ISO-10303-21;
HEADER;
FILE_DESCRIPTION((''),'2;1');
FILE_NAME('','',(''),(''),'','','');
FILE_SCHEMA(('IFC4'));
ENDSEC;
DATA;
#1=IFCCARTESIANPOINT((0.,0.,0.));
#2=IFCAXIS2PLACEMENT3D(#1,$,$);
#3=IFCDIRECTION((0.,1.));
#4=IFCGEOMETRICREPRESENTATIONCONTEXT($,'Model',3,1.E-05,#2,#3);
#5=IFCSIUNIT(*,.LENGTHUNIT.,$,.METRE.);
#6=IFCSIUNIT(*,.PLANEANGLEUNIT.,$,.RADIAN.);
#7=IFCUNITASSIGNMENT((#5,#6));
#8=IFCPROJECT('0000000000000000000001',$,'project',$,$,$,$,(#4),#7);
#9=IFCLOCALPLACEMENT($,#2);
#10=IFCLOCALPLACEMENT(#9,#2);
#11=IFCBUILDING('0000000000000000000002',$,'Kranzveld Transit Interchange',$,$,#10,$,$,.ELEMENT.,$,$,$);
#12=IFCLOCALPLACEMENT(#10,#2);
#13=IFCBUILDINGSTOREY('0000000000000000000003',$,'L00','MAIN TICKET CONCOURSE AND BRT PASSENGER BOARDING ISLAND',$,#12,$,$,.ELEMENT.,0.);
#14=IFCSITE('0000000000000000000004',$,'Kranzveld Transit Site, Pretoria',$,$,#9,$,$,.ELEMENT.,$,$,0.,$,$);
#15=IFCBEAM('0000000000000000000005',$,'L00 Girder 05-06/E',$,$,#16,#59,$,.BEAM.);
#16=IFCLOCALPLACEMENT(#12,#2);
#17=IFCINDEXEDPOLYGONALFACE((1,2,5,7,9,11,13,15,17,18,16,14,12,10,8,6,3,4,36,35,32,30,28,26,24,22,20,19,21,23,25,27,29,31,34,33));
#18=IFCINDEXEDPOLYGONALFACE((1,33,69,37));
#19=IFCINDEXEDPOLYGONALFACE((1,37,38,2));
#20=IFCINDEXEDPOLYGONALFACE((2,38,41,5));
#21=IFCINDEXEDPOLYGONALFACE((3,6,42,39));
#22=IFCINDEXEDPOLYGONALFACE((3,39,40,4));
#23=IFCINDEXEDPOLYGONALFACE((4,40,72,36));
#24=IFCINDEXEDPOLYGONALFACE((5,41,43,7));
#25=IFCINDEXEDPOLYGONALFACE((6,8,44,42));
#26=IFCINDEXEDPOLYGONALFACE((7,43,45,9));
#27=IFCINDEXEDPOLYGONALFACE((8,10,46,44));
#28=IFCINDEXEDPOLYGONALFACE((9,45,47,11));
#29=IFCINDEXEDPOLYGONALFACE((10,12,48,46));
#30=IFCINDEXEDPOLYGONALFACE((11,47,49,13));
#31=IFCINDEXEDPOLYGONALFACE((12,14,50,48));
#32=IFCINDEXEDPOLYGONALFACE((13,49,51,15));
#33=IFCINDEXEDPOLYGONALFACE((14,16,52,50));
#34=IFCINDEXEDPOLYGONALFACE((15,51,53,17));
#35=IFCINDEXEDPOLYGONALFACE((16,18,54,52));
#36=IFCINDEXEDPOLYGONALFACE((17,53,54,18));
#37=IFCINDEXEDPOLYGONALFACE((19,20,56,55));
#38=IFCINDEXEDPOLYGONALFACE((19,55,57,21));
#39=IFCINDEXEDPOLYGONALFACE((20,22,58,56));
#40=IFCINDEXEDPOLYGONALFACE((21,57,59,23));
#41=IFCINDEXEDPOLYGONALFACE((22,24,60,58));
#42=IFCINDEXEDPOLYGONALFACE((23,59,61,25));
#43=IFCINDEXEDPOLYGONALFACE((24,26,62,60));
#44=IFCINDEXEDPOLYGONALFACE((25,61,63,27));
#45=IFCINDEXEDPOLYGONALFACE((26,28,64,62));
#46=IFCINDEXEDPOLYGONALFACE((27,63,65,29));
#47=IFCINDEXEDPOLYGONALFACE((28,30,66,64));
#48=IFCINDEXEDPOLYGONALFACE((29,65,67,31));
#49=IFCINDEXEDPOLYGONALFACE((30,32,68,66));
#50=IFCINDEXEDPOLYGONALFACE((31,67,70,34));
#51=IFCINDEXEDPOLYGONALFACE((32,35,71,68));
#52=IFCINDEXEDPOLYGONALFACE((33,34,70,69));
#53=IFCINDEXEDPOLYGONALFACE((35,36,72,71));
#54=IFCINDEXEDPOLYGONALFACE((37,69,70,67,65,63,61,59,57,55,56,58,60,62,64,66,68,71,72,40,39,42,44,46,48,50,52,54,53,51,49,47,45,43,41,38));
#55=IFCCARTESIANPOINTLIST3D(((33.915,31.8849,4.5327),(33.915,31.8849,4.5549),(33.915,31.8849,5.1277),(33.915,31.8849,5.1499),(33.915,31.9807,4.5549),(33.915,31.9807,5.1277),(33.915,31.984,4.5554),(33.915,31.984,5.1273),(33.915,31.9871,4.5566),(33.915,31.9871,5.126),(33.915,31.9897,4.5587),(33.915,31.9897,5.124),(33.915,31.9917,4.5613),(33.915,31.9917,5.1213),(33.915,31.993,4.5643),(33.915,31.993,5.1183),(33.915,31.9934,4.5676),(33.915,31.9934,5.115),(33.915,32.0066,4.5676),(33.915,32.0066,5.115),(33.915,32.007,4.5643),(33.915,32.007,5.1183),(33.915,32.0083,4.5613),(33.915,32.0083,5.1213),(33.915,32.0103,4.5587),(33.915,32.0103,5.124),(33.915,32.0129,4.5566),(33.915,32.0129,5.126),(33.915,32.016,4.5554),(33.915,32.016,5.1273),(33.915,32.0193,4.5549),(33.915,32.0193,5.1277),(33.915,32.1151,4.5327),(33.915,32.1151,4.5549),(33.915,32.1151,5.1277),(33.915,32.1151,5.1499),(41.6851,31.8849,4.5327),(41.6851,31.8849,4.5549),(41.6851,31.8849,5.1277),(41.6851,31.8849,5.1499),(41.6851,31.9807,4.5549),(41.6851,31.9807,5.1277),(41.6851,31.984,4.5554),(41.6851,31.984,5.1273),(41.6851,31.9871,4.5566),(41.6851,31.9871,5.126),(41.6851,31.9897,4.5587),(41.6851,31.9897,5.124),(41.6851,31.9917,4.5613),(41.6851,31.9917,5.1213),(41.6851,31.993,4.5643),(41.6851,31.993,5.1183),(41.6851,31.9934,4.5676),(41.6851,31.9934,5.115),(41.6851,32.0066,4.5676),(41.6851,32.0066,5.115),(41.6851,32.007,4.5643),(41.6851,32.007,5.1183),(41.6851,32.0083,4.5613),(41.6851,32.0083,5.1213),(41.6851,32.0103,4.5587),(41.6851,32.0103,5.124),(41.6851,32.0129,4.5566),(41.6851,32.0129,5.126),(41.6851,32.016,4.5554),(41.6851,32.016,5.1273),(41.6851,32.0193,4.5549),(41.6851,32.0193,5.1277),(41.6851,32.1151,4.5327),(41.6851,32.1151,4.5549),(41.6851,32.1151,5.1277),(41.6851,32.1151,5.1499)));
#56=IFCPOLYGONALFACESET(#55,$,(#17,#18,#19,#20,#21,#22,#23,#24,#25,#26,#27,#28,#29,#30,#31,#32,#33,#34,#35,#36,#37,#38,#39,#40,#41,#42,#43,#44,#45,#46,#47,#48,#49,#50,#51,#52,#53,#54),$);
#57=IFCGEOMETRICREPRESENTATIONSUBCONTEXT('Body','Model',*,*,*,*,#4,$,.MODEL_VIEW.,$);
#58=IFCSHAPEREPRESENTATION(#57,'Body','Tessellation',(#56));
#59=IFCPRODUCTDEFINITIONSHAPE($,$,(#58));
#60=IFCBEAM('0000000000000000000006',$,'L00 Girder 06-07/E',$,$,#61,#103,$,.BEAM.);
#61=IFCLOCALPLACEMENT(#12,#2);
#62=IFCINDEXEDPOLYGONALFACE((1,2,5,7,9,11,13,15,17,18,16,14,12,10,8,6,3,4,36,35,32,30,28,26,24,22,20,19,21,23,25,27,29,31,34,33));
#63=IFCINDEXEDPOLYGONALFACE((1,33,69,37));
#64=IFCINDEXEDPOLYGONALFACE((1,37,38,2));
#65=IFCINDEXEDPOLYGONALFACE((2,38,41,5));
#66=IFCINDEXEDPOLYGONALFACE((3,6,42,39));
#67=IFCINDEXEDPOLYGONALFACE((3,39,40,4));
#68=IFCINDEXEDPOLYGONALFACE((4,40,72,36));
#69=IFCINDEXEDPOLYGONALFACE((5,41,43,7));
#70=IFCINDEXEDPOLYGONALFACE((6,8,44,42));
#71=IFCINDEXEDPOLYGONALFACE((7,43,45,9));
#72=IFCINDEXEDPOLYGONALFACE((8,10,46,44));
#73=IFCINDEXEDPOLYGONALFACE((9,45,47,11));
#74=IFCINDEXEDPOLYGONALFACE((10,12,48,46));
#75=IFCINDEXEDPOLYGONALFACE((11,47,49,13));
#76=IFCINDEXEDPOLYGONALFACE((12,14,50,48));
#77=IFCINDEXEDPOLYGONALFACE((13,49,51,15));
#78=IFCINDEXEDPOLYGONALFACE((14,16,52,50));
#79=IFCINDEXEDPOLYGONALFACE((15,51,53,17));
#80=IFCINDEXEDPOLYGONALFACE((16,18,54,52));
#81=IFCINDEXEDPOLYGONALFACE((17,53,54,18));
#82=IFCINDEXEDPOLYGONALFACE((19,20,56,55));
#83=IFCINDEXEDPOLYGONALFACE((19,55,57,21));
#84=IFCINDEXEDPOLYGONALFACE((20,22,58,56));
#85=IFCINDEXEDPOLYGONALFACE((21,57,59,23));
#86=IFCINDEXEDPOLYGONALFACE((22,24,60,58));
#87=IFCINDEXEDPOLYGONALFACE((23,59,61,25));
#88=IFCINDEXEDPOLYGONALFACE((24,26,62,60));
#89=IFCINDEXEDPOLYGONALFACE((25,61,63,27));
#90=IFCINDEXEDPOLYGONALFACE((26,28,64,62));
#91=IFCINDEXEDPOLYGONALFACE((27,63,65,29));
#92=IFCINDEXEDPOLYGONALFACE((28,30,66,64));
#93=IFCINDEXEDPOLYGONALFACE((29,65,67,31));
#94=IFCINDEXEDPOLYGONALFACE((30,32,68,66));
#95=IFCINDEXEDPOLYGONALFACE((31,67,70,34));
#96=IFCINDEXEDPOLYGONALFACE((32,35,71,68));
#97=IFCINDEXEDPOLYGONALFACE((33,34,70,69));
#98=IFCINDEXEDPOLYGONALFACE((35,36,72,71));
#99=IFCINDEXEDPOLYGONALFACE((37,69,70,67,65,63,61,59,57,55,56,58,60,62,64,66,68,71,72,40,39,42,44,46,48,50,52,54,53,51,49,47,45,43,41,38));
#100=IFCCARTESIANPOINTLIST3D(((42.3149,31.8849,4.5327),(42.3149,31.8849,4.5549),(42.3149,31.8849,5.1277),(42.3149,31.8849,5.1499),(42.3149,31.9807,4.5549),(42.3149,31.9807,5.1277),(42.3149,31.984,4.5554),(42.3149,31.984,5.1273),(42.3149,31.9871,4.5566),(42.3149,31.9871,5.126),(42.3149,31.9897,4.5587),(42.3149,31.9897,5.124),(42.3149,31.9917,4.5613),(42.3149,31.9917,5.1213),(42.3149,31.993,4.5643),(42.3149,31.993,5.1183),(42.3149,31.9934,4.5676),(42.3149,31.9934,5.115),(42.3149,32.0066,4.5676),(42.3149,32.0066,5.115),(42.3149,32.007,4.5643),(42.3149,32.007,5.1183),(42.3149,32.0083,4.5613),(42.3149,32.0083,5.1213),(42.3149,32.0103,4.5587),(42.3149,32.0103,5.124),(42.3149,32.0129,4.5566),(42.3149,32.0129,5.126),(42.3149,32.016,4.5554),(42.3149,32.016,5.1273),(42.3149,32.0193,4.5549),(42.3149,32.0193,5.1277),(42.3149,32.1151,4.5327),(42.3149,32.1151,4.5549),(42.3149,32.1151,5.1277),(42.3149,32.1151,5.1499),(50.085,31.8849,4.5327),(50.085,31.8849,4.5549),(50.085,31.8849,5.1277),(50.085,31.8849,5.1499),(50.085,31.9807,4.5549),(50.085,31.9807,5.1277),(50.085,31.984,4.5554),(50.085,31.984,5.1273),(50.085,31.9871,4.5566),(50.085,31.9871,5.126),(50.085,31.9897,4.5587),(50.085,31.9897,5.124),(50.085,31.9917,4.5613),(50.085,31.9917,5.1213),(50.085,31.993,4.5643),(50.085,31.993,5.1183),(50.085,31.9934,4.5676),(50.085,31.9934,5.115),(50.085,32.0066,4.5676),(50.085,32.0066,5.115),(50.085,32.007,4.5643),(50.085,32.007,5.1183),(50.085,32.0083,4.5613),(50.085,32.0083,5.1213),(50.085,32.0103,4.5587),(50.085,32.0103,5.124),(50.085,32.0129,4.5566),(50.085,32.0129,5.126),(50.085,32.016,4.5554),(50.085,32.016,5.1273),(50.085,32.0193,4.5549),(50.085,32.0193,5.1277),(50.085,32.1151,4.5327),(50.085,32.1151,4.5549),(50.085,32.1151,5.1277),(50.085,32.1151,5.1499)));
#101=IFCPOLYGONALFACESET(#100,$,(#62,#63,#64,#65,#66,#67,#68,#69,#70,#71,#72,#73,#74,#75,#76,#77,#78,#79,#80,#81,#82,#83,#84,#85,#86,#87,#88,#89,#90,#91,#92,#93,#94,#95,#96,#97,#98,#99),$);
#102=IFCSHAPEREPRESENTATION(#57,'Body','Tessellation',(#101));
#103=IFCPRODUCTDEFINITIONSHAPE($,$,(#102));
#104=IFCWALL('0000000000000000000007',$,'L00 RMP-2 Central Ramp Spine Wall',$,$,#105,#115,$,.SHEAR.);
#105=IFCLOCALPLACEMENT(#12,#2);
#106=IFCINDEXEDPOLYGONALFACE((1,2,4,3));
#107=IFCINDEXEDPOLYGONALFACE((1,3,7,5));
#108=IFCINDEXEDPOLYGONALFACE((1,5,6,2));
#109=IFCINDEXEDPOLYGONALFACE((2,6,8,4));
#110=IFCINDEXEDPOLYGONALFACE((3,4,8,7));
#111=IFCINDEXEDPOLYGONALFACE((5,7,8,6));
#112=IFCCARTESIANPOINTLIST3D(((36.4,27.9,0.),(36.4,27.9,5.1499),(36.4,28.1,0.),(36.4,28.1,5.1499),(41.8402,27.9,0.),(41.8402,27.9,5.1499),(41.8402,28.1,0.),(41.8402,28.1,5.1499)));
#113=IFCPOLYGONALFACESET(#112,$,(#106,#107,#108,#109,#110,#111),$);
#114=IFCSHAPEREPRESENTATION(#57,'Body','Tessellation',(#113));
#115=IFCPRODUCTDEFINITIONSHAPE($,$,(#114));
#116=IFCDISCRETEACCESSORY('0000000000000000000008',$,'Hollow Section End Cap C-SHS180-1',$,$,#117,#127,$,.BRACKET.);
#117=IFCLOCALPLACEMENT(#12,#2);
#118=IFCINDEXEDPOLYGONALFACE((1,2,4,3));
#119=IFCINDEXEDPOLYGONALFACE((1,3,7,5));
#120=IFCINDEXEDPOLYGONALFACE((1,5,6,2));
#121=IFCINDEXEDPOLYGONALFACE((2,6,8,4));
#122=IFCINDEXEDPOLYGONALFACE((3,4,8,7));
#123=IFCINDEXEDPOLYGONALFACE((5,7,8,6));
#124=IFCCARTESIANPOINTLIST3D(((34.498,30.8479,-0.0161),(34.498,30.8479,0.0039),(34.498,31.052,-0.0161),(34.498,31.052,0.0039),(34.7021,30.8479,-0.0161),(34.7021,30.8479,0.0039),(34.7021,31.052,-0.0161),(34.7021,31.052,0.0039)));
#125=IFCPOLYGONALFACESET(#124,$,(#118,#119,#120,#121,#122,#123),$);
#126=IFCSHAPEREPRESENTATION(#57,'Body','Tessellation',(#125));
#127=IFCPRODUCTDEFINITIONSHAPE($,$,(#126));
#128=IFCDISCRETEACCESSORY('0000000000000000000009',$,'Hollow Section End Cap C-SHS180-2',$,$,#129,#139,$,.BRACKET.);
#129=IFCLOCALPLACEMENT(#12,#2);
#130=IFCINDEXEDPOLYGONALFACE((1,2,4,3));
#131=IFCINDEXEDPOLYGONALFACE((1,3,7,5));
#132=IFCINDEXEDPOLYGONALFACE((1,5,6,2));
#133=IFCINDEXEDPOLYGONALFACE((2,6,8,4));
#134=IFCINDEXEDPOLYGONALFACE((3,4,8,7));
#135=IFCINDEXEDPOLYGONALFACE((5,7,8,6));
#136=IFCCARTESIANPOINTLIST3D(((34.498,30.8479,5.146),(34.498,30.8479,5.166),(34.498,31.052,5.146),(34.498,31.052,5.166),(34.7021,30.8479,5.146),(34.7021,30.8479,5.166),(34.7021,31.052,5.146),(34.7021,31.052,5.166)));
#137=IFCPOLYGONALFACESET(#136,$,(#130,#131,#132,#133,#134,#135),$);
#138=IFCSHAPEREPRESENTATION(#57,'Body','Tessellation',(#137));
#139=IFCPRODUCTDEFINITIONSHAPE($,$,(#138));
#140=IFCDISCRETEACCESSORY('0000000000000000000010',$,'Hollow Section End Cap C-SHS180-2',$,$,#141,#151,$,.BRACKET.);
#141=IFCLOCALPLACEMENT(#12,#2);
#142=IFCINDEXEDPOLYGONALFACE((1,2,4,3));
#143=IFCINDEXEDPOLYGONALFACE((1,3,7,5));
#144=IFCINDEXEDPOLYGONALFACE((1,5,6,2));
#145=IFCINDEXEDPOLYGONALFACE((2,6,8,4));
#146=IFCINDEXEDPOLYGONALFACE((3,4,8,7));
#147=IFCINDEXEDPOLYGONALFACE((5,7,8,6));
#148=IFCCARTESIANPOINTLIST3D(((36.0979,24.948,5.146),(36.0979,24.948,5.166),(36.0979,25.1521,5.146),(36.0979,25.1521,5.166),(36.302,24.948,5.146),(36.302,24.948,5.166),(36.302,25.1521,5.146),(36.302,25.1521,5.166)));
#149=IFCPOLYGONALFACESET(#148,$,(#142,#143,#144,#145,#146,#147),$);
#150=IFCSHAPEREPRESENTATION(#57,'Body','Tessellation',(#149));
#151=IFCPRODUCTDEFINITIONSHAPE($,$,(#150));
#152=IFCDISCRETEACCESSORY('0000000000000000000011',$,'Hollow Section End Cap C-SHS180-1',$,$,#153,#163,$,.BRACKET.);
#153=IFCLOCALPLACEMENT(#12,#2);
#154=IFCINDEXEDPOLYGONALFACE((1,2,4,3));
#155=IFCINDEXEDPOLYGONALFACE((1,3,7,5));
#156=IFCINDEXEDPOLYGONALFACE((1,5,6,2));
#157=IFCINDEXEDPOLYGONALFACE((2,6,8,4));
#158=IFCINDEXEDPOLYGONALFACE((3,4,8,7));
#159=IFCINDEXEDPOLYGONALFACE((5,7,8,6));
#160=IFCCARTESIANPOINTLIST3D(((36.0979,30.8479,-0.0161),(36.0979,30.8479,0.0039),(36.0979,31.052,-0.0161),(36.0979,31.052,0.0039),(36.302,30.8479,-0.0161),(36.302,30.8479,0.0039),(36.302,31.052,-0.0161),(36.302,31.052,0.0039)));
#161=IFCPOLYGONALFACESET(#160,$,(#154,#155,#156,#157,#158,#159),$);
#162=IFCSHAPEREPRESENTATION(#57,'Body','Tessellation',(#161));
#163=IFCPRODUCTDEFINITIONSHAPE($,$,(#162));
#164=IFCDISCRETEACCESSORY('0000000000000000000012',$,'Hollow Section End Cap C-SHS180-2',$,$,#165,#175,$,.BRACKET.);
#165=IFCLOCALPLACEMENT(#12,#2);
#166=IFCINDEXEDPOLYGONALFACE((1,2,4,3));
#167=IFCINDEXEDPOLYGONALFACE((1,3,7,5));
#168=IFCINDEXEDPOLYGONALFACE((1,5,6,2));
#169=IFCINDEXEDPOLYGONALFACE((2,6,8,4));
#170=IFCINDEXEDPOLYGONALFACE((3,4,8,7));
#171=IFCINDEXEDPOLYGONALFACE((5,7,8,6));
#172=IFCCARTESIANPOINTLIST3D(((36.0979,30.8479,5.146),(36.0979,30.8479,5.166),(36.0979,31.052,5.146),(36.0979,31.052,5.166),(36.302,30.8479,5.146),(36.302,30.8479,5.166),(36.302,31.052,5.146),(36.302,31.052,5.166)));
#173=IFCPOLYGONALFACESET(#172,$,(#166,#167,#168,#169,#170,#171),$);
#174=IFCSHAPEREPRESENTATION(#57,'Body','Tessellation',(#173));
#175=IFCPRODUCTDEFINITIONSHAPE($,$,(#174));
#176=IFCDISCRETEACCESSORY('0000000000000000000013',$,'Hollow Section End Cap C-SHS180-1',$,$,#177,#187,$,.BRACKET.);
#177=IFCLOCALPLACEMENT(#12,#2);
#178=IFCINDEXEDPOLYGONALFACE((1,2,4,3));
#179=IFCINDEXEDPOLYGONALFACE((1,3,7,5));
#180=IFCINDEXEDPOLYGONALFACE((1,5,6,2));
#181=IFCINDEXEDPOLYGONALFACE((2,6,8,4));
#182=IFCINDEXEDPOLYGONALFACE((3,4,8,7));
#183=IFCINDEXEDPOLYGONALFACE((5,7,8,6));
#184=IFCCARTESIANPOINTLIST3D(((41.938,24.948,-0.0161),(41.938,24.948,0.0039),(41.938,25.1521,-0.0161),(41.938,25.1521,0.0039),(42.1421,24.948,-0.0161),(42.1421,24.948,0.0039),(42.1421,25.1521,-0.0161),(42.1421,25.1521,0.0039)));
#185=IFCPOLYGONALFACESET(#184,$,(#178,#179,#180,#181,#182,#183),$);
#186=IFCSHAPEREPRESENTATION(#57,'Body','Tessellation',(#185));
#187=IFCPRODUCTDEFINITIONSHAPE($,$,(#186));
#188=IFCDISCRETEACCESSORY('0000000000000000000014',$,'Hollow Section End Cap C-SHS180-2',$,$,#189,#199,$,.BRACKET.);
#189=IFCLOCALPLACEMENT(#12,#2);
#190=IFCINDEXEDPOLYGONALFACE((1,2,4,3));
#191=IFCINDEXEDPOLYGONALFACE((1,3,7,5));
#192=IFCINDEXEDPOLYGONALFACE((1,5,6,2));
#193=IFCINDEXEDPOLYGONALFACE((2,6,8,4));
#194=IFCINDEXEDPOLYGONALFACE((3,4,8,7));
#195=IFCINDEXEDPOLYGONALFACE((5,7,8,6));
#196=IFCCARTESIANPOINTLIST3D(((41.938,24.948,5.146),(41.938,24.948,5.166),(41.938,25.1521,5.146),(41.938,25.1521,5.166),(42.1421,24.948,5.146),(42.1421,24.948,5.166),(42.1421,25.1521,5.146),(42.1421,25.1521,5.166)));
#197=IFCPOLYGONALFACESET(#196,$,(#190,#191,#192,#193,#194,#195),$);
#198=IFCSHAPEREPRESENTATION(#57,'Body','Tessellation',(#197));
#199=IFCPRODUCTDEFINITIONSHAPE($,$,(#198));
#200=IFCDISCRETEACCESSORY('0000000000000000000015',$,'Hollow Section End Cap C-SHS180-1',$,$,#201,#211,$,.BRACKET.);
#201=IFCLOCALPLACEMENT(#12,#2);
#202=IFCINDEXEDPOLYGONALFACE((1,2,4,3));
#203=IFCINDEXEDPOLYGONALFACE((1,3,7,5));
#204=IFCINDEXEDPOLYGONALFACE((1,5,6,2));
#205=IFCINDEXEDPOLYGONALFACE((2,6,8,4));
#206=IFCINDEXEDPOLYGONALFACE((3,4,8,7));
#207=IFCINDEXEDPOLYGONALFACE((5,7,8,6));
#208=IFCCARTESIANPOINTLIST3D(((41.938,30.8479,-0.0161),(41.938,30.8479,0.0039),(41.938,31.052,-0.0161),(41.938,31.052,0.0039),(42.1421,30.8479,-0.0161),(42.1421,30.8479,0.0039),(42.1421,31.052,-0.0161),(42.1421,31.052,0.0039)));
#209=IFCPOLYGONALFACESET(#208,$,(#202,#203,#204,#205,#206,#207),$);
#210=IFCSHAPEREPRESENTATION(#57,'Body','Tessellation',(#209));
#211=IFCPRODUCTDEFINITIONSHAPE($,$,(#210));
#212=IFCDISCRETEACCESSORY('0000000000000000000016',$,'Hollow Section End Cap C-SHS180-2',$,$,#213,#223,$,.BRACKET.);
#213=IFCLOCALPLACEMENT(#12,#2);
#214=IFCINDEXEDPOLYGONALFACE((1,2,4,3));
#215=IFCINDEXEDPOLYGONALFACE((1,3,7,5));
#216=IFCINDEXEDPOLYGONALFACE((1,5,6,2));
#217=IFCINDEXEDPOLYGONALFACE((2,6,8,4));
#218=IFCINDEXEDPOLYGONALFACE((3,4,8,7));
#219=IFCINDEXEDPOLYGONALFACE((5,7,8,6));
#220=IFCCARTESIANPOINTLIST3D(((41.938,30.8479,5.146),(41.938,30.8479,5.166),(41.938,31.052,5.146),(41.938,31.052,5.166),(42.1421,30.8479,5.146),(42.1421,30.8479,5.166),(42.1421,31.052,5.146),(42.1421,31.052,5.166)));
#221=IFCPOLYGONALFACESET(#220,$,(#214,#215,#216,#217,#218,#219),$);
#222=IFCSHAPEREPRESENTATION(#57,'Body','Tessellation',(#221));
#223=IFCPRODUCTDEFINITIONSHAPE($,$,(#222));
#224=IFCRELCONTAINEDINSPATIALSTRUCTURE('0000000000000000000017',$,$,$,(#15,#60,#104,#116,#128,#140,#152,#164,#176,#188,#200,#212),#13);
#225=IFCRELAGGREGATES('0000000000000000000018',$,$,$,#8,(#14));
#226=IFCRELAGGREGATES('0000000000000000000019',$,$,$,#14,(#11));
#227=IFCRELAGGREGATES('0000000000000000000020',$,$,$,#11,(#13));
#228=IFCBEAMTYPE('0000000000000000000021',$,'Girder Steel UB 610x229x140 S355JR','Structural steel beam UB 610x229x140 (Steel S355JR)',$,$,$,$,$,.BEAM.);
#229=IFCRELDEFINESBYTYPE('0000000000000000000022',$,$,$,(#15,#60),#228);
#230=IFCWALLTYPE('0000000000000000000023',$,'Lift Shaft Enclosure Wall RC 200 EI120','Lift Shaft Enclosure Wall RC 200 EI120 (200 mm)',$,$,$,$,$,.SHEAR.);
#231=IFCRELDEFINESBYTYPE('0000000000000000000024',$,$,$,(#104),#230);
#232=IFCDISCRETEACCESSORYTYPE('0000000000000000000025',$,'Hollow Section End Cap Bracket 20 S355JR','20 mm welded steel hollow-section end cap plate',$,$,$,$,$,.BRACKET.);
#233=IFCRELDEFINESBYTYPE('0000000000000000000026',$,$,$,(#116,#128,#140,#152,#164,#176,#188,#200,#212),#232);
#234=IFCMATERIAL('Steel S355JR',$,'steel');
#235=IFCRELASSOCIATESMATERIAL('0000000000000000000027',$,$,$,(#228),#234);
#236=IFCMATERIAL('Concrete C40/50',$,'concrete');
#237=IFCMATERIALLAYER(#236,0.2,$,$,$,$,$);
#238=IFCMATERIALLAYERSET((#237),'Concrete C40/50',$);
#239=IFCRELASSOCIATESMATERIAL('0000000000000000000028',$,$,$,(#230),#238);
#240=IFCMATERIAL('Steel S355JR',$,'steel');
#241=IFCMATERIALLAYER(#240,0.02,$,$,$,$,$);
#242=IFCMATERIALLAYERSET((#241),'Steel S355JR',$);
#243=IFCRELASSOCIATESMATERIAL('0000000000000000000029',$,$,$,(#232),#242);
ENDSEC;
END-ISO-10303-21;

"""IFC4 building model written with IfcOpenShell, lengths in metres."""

from ifc_helpers import new_model, si_unit, direction, frame, frame_2d, origin, origin_2d, place, context, subcontext, project, spatial, rectangle, i_section, extrude, material, layer, layer_set, material_profile, profile_set, type_object, element, save


model = new_model("IFC4")

# Units and contexts
model_context = context("Model", 3, precision=1e-05, world=origin(), true_north=direction((0.0, 1.0)))
body_context = subcontext(model_context, "Body", "Model", "MODEL_VIEW")
ifc_project = project(units=[si_unit("LENGTHUNIT", "METRE"), si_unit("PLANEANGLEUNIT", "RADIAN")], contexts=[model_context])

# Site, building, storey
site_placement = place(None, origin())
site = spatial("IfcSite", under=ifc_project, at=site_placement, Name="Kranzveld Transit Site, Pretoria", CompositionType="ELEMENT", RefElevation=0.0)
building_placement = place(site_placement, origin())
building = spatial("IfcBuilding", under=site, at=building_placement, Name="Kranzveld Transit Interchange", CompositionType="ELEMENT")
storey_placement = place(building_placement, origin())
storey = spatial("IfcBuildingStorey", under=building, at=storey_placement, Name="L00", Description="MAIN TICKET CONCOURSE AND BRT PASSENGER BOARDING ISLAND", CompositionType="ELEMENT", Elevation=0.0)

# Beams
ifc_material_1 = material(Name="Steel S355JR", Category="steel")
ifc_material_profile_1 = material_profile(ifc_material_1, i_section(OverallWidth=0.2302, OverallDepth=0.6172, WebThickness=0.0132, FlangeThickness=0.0222, FilletRadius=0.0127, at=origin_2d()), Name="UB 610x229x140")
ifc_profile_set_1 = profile_set([ifc_material_profile_1], Name="Steel S355JR")
beam_type_1 = type_object("IfcBeamType", Name="Girder Steel UB 610x229x140 S355JR", Description="Structural steel beam UB 610x229x140 (Steel S355JR)", PredefinedType="BEAM", material=ifc_profile_set_1)
for number, where, z_axis, x_axis, name in (
    (1, (33.915, 32.0, 4.8413), (1.0, 0.0, 0.0), (0.0, 1.0, 0.0), "L00 Girder 05-06/E"),
    (2, (42.3149, 32.0, 4.8413), (1.0, 0.0, 0.0), (0.0, 1.0, 0.0), "L00 Girder 06-07/E"),
):
    element("IfcBeam", number, at=place(storey_placement, frame(where, z_axis=z_axis, x_axis=x_axis)), inside=storey, type_object=beam_type_1, Name=name, PredefinedType="BEAM", context=body_context, shape_type="SweptSolid", body=[
        extrude(i_section(OverallWidth=0.2302, OverallDepth=0.6172, WebThickness=0.0132, FlangeThickness=0.0222, FilletRadius=0.0127, at=origin_2d()), origin(), (0.0, 0.0, 1.0), 7.77),
    ])

# Wall
ifc_material_2 = material(Name="Concrete C40/50", Category="concrete")
ifc_layer_1 = layer(ifc_material_2, 0.2)
ifc_layer_set_1 = layer_set([ifc_layer_1], Name="Concrete C40/50")
wall_type = type_object("IfcWallType", Name="Lift Shaft Enclosure Wall RC 200 EI120", Description="Lift Shaft Enclosure Wall RC 200 EI120 (200 mm)", PredefinedType="SHEAR", material=ifc_layer_set_1)
wall_placement = place(storey_placement, frame((36.3999, 28.0, 0.0), z_axis=(0.0, 0.0, 1.0), x_axis=(1.0, 0.0, 0.0)))
element("IfcWall", 3, at=wall_placement, inside=storey, type_object=wall_type, Name="L00 RMP-2 Central Ramp Spine Wall", PredefinedType="SHEAR", context=body_context, shape_type="SweptSolid", body=[
    extrude(rectangle(XDim=5.4402, YDim=0.2, at=frame_2d((2.7202, 0.0))), origin(), (0.0, 0.0, 1.0), 5.1499),
])

# Discrete accessories
ifc_material_3 = material(Name="Steel S355JR", Category="steel")
ifc_layer_2 = layer(ifc_material_3, 0.02)
ifc_layer_set_2 = layer_set([ifc_layer_2], Name="Steel S355JR")
discrete_accessory_type = type_object("IfcDiscreteAccessoryType", Name="Hollow Section End Cap Bracket 20 S355JR", Description="20 mm welded steel hollow-section end cap plate", PredefinedType="BRACKET", material=ifc_layer_set_2)
for number, where, z_axis, x_axis, name in (
    (4, (34.6001, 30.95, 0.0039), (0.0, 0.0, -1.0), (1.0, 0.0, 0.0), "Hollow Section End Cap C-SHS180-1"),
    (5, (34.6001, 30.95, 5.146), (0.0, 0.0, 1.0), (1.0, 0.0, 0.0), "Hollow Section End Cap C-SHS180-2"),
    (6, (36.2, 25.05, 5.146), (0.0, 0.0, 1.0), (1.0, 0.0, 0.0), "Hollow Section End Cap C-SHS180-2"),
    (7, (36.2, 30.95, 0.0039), (0.0, 0.0, -1.0), (1.0, 0.0, 0.0), "Hollow Section End Cap C-SHS180-1"),
    (8, (36.2, 30.95, 5.146), (0.0, 0.0, 1.0), (1.0, 0.0, 0.0), "Hollow Section End Cap C-SHS180-2"),
    (9, (42.04, 25.05, 0.0039), (0.0, 0.0, -1.0), (1.0, 0.0, 0.0), "Hollow Section End Cap C-SHS180-1"),
    (10, (42.04, 25.05, 5.146), (0.0, 0.0, 1.0), (1.0, 0.0, 0.0), "Hollow Section End Cap C-SHS180-2"),
    (11, (42.04, 30.95, 0.0039), (0.0, 0.0, -1.0), (1.0, 0.0, 0.0), "Hollow Section End Cap C-SHS180-1"),
    (12, (42.04, 30.95, 5.146), (0.0, 0.0, 1.0), (1.0, 0.0, 0.0), "Hollow Section End Cap C-SHS180-2"),
):
    element("IfcDiscreteAccessory", number, at=place(storey_placement, frame(where, z_axis=z_axis, x_axis=x_axis)), inside=storey, type_object=discrete_accessory_type, Name=name, PredefinedType="BRACKET", context=body_context, shape_type="SweptSolid", body=[
        extrude(rectangle(XDim=0.2041, YDim=0.2041, at=origin_2d()), origin(), (0.0, 0.0, 1.0), 0.02),
    ])

save(model, "model.ifc")
